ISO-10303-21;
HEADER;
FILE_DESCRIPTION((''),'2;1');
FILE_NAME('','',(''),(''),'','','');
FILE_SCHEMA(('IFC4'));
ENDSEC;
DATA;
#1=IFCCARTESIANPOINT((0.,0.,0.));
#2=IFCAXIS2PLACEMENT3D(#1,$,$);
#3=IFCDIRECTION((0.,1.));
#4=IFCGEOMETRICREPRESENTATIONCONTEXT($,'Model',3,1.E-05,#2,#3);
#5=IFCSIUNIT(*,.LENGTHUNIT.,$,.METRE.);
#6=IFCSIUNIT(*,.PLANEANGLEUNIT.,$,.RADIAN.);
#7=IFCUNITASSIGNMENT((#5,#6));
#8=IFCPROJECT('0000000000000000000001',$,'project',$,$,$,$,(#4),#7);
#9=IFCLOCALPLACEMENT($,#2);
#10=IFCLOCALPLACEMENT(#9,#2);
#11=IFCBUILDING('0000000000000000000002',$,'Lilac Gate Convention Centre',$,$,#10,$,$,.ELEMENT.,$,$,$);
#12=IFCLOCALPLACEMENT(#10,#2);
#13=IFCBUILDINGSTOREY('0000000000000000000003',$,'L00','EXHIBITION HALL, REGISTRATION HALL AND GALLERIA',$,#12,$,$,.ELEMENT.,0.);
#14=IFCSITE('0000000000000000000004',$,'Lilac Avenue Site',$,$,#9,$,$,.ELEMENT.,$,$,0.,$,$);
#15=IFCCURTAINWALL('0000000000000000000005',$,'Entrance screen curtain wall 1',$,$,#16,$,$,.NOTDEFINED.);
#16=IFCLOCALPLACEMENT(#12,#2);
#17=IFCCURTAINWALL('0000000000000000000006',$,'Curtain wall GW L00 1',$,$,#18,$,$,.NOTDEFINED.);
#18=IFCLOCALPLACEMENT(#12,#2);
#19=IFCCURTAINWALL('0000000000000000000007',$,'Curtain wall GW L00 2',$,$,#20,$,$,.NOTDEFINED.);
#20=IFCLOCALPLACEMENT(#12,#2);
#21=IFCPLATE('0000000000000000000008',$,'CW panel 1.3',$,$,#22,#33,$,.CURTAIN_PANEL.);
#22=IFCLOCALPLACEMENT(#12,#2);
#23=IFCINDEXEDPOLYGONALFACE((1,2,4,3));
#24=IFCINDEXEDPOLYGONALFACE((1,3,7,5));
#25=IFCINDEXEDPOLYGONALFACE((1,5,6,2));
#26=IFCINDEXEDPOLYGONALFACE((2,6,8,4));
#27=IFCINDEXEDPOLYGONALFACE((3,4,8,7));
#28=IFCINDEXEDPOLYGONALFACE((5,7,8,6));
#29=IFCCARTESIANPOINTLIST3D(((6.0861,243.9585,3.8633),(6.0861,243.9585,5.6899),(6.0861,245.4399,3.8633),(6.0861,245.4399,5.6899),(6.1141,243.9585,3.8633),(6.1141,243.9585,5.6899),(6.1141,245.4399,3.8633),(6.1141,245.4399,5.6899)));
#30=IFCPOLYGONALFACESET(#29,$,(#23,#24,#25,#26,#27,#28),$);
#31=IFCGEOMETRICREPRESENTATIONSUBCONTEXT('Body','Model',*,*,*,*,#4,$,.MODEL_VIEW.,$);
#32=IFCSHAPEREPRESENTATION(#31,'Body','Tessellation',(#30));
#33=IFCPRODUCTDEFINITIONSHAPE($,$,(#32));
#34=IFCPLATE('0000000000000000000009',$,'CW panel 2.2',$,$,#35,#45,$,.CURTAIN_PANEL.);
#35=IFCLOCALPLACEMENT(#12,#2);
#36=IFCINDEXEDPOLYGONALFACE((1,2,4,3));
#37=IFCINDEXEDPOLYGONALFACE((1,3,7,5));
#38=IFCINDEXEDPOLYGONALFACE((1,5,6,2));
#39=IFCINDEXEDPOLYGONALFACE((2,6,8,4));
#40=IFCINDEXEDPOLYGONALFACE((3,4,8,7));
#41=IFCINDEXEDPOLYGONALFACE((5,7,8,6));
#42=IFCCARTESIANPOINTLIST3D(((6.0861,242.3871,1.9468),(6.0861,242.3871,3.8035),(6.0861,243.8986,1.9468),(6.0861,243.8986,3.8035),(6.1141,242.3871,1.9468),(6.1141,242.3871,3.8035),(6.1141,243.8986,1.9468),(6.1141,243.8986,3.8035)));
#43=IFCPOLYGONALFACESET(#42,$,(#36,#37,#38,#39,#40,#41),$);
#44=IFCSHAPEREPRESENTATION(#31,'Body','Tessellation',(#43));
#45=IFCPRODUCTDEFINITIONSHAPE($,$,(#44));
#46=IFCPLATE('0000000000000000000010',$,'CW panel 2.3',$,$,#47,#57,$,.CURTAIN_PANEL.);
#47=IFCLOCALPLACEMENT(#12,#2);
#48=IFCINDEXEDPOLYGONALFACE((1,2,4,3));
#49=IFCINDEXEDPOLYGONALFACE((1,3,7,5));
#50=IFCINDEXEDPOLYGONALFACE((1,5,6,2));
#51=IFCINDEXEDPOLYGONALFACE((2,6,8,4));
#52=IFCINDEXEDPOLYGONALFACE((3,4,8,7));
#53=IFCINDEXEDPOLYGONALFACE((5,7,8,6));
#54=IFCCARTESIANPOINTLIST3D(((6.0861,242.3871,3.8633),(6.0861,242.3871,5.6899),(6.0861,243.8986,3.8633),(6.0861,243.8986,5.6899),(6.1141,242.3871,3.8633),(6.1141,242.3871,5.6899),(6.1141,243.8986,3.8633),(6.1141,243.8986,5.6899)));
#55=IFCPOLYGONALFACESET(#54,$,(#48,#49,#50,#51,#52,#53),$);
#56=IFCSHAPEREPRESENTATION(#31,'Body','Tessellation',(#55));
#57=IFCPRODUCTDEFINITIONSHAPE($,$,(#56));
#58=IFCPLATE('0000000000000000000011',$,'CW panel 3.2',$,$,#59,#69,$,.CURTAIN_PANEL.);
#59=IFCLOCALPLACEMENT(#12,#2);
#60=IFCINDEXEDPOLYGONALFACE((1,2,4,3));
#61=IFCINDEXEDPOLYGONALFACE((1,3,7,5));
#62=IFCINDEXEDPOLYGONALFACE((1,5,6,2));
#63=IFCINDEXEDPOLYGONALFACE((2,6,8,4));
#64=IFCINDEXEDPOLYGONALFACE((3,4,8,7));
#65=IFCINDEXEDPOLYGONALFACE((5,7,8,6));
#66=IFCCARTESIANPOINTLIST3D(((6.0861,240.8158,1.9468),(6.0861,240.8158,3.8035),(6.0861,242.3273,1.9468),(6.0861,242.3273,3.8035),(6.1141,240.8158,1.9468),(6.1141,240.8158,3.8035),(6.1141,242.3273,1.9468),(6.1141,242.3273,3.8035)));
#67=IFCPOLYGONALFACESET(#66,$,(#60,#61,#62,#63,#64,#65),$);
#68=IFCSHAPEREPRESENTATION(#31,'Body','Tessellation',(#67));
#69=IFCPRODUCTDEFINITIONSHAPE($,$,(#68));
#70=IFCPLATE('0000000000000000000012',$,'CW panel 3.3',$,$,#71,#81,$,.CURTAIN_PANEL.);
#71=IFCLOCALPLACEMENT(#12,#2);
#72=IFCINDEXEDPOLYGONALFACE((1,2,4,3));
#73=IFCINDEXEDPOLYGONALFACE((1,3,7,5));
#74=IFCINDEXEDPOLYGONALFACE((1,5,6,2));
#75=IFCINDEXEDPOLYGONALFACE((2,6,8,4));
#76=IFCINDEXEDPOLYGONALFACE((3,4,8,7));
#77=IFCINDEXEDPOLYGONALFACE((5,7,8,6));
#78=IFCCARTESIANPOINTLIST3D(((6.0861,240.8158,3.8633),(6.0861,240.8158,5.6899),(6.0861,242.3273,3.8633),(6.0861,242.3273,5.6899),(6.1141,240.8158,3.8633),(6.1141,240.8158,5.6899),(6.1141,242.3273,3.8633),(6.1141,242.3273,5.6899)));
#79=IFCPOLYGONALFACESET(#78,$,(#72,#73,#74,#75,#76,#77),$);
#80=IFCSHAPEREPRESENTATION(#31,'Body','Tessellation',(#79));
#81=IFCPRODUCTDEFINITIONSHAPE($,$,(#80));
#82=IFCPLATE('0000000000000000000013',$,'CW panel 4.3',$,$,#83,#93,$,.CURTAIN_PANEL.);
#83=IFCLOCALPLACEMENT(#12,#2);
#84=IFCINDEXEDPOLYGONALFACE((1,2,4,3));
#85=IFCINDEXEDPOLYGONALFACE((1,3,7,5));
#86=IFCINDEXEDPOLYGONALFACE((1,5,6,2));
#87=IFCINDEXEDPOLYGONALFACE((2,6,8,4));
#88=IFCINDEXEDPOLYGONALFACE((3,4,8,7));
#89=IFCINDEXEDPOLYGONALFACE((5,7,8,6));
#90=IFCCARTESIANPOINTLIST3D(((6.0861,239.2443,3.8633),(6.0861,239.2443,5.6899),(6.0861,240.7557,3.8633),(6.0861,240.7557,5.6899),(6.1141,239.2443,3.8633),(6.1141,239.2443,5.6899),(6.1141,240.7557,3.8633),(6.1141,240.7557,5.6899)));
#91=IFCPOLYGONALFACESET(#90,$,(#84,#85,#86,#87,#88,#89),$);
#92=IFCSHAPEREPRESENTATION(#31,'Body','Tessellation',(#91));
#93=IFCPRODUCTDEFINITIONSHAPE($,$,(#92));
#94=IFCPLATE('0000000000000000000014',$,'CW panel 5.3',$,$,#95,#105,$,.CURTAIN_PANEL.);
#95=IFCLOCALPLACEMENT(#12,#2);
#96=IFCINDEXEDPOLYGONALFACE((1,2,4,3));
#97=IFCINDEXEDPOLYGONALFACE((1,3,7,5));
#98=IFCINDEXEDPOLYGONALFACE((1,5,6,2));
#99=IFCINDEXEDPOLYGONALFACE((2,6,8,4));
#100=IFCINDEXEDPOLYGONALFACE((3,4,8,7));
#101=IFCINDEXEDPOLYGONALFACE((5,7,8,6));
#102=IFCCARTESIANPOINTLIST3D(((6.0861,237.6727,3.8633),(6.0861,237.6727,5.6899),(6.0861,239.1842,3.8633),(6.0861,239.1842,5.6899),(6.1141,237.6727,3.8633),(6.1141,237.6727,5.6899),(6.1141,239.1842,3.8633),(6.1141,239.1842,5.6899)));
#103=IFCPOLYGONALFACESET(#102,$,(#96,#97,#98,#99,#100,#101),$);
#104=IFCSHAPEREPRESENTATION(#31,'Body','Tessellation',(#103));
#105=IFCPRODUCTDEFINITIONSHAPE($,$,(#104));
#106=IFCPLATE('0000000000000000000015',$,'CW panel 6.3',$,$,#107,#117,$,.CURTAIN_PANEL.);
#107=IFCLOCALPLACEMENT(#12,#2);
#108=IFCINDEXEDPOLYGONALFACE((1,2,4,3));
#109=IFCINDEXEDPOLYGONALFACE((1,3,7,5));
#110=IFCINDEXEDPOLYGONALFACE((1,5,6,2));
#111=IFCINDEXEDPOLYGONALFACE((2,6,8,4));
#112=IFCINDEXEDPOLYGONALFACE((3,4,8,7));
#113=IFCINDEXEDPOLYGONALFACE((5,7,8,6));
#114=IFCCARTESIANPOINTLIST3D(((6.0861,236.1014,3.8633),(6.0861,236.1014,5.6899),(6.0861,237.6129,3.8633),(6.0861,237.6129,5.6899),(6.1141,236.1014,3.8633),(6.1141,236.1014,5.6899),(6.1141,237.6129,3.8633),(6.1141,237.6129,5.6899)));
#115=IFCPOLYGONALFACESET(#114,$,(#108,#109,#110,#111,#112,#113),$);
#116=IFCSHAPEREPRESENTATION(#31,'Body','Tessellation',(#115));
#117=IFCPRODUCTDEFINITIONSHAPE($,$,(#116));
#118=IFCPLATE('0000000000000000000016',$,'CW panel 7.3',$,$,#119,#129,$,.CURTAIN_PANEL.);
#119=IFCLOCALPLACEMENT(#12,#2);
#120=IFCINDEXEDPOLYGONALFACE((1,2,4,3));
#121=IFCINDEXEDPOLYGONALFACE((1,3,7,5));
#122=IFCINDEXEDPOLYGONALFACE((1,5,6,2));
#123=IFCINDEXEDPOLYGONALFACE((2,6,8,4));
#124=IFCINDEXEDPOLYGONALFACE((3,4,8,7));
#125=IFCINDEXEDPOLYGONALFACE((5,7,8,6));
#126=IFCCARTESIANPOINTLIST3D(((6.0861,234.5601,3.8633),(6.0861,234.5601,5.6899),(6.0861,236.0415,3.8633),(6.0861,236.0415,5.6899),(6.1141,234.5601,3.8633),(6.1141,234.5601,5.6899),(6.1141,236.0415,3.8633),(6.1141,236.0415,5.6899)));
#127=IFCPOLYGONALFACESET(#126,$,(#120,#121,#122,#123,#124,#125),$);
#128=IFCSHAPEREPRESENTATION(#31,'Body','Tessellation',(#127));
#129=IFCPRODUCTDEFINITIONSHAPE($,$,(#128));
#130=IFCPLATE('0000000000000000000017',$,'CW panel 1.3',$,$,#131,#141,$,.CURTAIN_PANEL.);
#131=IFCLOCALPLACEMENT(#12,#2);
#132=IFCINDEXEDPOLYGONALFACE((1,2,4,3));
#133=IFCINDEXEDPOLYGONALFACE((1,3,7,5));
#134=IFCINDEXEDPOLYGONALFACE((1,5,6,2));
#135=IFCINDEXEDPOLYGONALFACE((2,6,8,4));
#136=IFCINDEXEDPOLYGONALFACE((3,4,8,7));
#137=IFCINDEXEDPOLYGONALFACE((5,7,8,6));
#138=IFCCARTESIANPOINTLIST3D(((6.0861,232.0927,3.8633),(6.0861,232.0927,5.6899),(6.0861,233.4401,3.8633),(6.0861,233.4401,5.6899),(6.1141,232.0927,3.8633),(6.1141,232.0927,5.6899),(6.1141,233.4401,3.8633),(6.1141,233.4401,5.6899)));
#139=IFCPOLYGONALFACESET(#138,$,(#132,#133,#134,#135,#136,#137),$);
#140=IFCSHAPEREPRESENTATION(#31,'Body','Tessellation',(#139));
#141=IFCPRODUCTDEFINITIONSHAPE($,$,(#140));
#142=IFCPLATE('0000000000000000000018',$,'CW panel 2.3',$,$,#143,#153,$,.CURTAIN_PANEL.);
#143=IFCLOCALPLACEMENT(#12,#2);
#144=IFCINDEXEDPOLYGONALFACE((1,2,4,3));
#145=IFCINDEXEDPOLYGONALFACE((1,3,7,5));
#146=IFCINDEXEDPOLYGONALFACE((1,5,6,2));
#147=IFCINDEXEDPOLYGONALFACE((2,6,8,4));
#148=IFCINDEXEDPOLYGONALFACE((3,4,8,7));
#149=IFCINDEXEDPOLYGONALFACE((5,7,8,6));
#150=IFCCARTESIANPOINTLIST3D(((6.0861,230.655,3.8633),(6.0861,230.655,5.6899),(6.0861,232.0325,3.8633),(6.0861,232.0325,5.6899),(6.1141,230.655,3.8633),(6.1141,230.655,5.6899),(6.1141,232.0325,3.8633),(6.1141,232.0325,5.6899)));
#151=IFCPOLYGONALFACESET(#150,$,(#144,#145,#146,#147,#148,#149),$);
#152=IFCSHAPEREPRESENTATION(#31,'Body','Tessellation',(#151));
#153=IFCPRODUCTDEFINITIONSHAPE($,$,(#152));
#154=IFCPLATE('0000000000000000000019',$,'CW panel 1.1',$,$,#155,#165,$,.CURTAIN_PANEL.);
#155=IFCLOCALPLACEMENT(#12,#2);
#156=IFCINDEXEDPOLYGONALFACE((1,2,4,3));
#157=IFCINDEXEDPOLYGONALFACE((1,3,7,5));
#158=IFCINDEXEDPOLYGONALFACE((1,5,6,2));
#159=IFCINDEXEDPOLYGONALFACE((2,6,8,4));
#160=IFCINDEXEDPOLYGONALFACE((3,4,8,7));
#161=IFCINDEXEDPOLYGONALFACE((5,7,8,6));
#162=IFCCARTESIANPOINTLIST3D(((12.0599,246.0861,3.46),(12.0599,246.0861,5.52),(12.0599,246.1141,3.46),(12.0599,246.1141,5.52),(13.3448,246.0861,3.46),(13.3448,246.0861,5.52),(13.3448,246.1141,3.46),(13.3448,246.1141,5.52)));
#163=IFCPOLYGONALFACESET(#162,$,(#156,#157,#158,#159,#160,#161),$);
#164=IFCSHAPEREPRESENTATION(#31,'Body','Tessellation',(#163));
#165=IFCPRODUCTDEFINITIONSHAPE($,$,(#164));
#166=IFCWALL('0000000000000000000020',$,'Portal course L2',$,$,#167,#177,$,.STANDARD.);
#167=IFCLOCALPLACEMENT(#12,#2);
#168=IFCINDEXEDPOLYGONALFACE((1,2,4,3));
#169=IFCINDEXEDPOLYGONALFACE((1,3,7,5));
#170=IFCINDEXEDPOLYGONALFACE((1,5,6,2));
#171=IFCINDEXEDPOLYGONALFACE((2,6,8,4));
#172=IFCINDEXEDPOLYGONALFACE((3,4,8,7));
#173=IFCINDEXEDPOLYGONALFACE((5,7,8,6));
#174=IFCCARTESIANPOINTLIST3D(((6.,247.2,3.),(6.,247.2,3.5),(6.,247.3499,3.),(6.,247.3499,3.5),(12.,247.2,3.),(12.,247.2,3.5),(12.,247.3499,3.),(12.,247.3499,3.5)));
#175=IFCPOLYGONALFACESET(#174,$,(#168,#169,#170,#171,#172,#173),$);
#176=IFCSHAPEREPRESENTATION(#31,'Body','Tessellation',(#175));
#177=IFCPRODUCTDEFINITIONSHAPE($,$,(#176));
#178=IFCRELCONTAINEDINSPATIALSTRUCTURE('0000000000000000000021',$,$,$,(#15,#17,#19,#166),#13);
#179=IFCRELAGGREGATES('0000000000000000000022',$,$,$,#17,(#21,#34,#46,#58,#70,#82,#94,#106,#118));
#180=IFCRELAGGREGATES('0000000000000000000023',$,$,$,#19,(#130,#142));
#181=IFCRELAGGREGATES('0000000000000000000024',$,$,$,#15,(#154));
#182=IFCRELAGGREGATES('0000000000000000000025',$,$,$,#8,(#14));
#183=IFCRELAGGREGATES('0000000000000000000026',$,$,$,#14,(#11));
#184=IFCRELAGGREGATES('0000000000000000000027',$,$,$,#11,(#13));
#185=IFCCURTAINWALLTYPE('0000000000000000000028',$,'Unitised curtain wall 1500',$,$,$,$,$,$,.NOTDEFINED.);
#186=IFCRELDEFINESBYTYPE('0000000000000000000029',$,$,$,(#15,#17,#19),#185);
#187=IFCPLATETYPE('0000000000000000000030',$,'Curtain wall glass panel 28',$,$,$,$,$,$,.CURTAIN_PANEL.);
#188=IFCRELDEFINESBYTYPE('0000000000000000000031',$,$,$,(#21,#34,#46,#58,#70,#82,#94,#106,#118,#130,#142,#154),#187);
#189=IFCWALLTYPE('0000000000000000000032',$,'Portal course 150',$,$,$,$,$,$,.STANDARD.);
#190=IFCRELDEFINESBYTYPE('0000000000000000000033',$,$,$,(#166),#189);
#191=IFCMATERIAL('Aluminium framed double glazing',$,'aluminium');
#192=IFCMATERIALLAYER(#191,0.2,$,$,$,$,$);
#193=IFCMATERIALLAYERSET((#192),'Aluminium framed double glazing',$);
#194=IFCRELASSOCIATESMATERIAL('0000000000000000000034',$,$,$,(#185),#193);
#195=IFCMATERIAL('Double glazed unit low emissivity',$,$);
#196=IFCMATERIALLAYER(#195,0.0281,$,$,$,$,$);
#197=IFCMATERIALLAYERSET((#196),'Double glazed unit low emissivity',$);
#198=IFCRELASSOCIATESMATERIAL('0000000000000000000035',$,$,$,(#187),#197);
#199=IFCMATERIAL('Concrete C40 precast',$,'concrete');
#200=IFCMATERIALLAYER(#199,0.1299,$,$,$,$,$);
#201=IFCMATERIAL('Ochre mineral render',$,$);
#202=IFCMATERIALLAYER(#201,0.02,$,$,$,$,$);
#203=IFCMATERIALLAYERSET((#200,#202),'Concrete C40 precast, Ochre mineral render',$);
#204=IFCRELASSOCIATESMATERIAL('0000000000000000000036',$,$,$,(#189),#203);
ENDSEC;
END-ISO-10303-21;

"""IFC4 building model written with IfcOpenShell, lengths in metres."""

from ifc_helpers import new_model, si_unit, direction, frame, frame_2d, origin, origin_2d, place, context, subcontext, project, spatial, rectangle, extrude, material, layer, layer_set, type_object, element, aggregate, save


model = new_model("IFC4")

# Units and contexts
model_context = context("Model", 3, precision=1e-05, world=origin(), true_north=direction((0.0, 1.0)))
body_context = subcontext(model_context, "Body", "Model", "MODEL_VIEW")
ifc_project = project(units=[si_unit("LENGTHUNIT", "METRE"), si_unit("PLANEANGLEUNIT", "RADIAN")], contexts=[model_context])

# Site, building, storey
site_placement = place(None, origin())
site = spatial("IfcSite", under=ifc_project, at=site_placement, Name="Lilac Avenue Site", CompositionType="ELEMENT", RefElevation=0.0)
building_placement = place(site_placement, origin())
building = spatial("IfcBuilding", under=site, at=building_placement, Name="Lilac Gate Convention Centre", CompositionType="ELEMENT")
storey_placement = place(building_placement, origin())
storey = spatial("IfcBuildingStorey", under=building, at=storey_placement, Name="L00", Description="EXHIBITION HALL, REGISTRATION HALL AND GALLERIA", CompositionType="ELEMENT", Elevation=0.0)

# Curtain walls
ifc_material_1 = material(Name="Aluminium framed double glazing", Category="aluminium")
ifc_layer_1 = layer(ifc_material_1, 0.2)
ifc_layer_set_1 = layer_set([ifc_layer_1], Name="Aluminium framed double glazing")
curtain_wall_type = type_object("IfcCurtainWallType", Name="Unitised curtain wall 1500", PredefinedType="NOTDEFINED", material=ifc_layer_set_1)
curtain_wall_1_placement = place(storey_placement, origin())
curtain_wall_1 = element("IfcCurtainWall", 1, at=curtain_wall_1_placement, inside=storey, type_object=curtain_wall_type, Name="Entrance screen curtain wall 1", PredefinedType="NOTDEFINED")
curtain_wall_2_placement = place(storey_placement, origin())
curtain_wall_2 = element("IfcCurtainWall", 2, at=curtain_wall_2_placement, inside=storey, type_object=curtain_wall_type, Name="Curtain wall GW L00 1", PredefinedType="NOTDEFINED")
curtain_wall_3_placement = place(storey_placement, origin())
curtain_wall_3 = element("IfcCurtainWall", 3, at=curtain_wall_3_placement, inside=storey, type_object=curtain_wall_type, Name="Curtain wall GW L00 2", PredefinedType="NOTDEFINED")

# Plates
ifc_material_2 = material(Name="Double glazed unit low emissivity")
ifc_layer_2 = layer(ifc_material_2, 0.0281)
ifc_layer_set_2 = layer_set([ifc_layer_2], Name="Double glazed unit low emissivity")
plate_type = type_object("IfcPlateType", Name="Curtain wall glass panel 28", PredefinedType="CURTAIN_PANEL", material=ifc_layer_set_2)
plate_1_placement = place(storey_placement, frame((6.1001, 244.6992, 3.8633), z_axis=(0.0, 0.0, 1.0), x_axis=(0.0, -1.0, 0.0)))
plate_1 = element("IfcPlate", 4, at=plate_1_placement, type_object=plate_type, Name="CW panel 1.3", PredefinedType="CURTAIN_PANEL", context=body_context, shape_type="SweptSolid", body=[
    extrude(rectangle(XDim=1.4814, YDim=0.0281, at=origin_2d()), origin(), (0.0, 0.0, 1.0), 1.8267),
])
plate_2_placement = place(storey_placement, frame((6.1001, 243.1428, 1.9468), z_axis=(0.0, 0.0, 1.0), x_axis=(0.0, -1.0, 0.0)))
plate_2 = element("IfcPlate", 5, at=plate_2_placement, type_object=plate_type, Name="CW panel 2.2", PredefinedType="CURTAIN_PANEL", context=body_context, shape_type="SweptSolid", body=[
    extrude(rectangle(XDim=1.5115, YDim=0.0281, at=origin_2d()), origin(), (0.0, 0.0, 1.0), 1.8567),
])
plate_3_placement = place(storey_placement, frame((6.1001, 243.1428, 3.8633), z_axis=(0.0, 0.0, 1.0), x_axis=(0.0, -1.0, 0.0)))
plate_3 = element("IfcPlate", 6, at=plate_3_placement, type_object=plate_type, Name="CW panel 2.3", PredefinedType="CURTAIN_PANEL", context=body_context, shape_type="SweptSolid", body=[
    extrude(rectangle(XDim=1.5115, YDim=0.0281, at=origin_2d()), origin(), (0.0, 0.0, 1.0), 1.8267),
])
plate_4_placement = place(storey_placement, frame((6.1001, 241.5715, 1.9468), z_axis=(0.0, 0.0, 1.0), x_axis=(0.0, -1.0, 0.0)))
plate_4 = element("IfcPlate", 7, at=plate_4_placement, type_object=plate_type, Name="CW panel 3.2", PredefinedType="CURTAIN_PANEL", context=body_context, shape_type="SweptSolid", body=[
    extrude(rectangle(XDim=1.5115, YDim=0.0281, at=origin_2d()), origin(), (0.0, 0.0, 1.0), 1.8567),
])
plate_5_placement = place(storey_placement, frame((6.1001, 241.5715, 3.8633), z_axis=(0.0, 0.0, 1.0), x_axis=(0.0, -1.0, 0.0)))
plate_5 = element("IfcPlate", 8, at=plate_5_placement, type_object=plate_type, Name="CW panel 3.3", PredefinedType="CURTAIN_PANEL", context=body_context, shape_type="SweptSolid", body=[
    extrude(rectangle(XDim=1.5115, YDim=0.0281, at=origin_2d()), origin(), (0.0, 0.0, 1.0), 1.8267),
])
plate_6_placement = place(storey_placement, frame((6.1001, 240.0, 3.8633), z_axis=(0.0, 0.0, 1.0), x_axis=(0.0, -1.0, 0.0)))
plate_6 = element("IfcPlate", 9, at=plate_6_placement, type_object=plate_type, Name="CW panel 4.3", PredefinedType="CURTAIN_PANEL", context=body_context, shape_type="SweptSolid", body=[
    extrude(rectangle(XDim=1.5115, YDim=0.0281, at=origin_2d()), origin(), (0.0, 0.0, 1.0), 1.8267),
])
plate_7_placement = place(storey_placement, frame((6.1001, 238.4285, 3.8633), z_axis=(0.0, 0.0, 1.0), x_axis=(0.0, -1.0, 0.0)))
plate_7 = element("IfcPlate", 10, at=plate_7_placement, type_object=plate_type, Name="CW panel 5.3", PredefinedType="CURTAIN_PANEL", context=body_context, shape_type="SweptSolid", body=[
    extrude(rectangle(XDim=1.5115, YDim=0.0281, at=origin_2d()), origin(), (0.0, 0.0, 1.0), 1.8267),
])
plate_8_placement = place(storey_placement, frame((6.1001, 236.8572, 3.8633), z_axis=(0.0, 0.0, 1.0), x_axis=(0.0, -1.0, 0.0)))
plate_8 = element("IfcPlate", 11, at=plate_8_placement, type_object=plate_type, Name="CW panel 6.3", PredefinedType="CURTAIN_PANEL", context=body_context, shape_type="SweptSolid", body=[
    extrude(rectangle(XDim=1.5115, YDim=0.0281, at=origin_2d()), origin(), (0.0, 0.0, 1.0), 1.8267),
])
plate_9_placement = place(storey_placement, frame((6.1001, 235.3008, 3.8633), z_axis=(0.0, 0.0, 1.0), x_axis=(0.0, -1.0, 0.0)))
plate_9 = element("IfcPlate", 12, at=plate_9_placement, type_object=plate_type, Name="CW panel 7.3", PredefinedType="CURTAIN_PANEL", context=body_context, shape_type="SweptSolid", body=[
    extrude(rectangle(XDim=1.4814, YDim=0.0281, at=origin_2d()), origin(), (0.0, 0.0, 1.0), 1.8267),
])
aggregate(curtain_wall_2, [plate_1, plate_2, plate_3, plate_4, plate_5, plate_6, plate_7, plate_8, plate_9])
plate_10_placement = place(storey_placement, frame((6.1001, 232.7664, 3.8633), z_axis=(0.0, 0.0, 1.0), x_axis=(0.0, -1.0, 0.0)))
plate_10 = element("IfcPlate", 13, at=plate_10_placement, type_object=plate_type, Name="CW panel 1.3", PredefinedType="CURTAIN_PANEL", context=body_context, shape_type="SweptSolid", body=[
    extrude(rectangle(XDim=1.3474, YDim=0.0281, at=origin_2d()), origin(), (0.0, 0.0, 1.0), 1.8267),
])
plate_11_placement = place(storey_placement, frame((6.1001, 231.3438, 3.8633), z_axis=(0.0, 0.0, 1.0), x_axis=(0.0, -1.0, 0.0)))
plate_11 = element("IfcPlate", 14, at=plate_11_placement, type_object=plate_type, Name="CW panel 2.3", PredefinedType="CURTAIN_PANEL", context=body_context, shape_type="SweptSolid", body=[
    extrude(rectangle(XDim=1.3774, YDim=0.0281, at=origin_2d()), origin(), (0.0, 0.0, 1.0), 1.8267),
])
aggregate(curtain_wall_3, [plate_10, plate_11])
plate_12_placement = place(storey_placement, frame((12.7024, 246.1001, 3.46), z_axis=(0.0, 0.0, 1.0), x_axis=(1.0, 0.0, 0.0)))
plate_12 = element("IfcPlate", 15, at=plate_12_placement, type_object=plate_type, Name="CW panel 1.1", PredefinedType="CURTAIN_PANEL", context=body_context, shape_type="SweptSolid", body=[
    extrude(rectangle(XDim=1.2849, YDim=0.0281, at=origin_2d()), origin(), (0.0, 0.0, 1.0), 2.0601),
])
aggregate(curtain_wall_1, [plate_12])

# Wall
ifc_material_3 = material(Name="Concrete C40 precast", Category="concrete")
ifc_layer_3 = layer(ifc_material_3, 0.1299)
ifc_material_4 = material(Name="Ochre mineral render")
ifc_layer_4 = layer(ifc_material_4, 0.02)
ifc_layer_set_3 = layer_set([ifc_layer_3, ifc_layer_4], Name="Concrete C40 precast, Ochre mineral render")
wall_type = type_object("IfcWallType", Name="Portal course 150", PredefinedType="STANDARD", material=ifc_layer_set_3)
wall_placement = place(storey_placement, frame((6.0, 247.2749, 3.0), z_axis=(0.0, 0.0, 1.0), x_axis=(1.0, 0.0, 0.0)))
element("IfcWall", 16, at=wall_placement, inside=storey, type_object=wall_type, Name="Portal course L2", PredefinedType="STANDARD", context=body_context, shape_type="SweptSolid", body=[
    extrude(rectangle(XDim=6.0, YDim=0.1499, at=frame_2d((3.0, 0.0))), origin(), (0.0, 0.0, 1.0), 0.5),
])

save(model, "model.ifc")
